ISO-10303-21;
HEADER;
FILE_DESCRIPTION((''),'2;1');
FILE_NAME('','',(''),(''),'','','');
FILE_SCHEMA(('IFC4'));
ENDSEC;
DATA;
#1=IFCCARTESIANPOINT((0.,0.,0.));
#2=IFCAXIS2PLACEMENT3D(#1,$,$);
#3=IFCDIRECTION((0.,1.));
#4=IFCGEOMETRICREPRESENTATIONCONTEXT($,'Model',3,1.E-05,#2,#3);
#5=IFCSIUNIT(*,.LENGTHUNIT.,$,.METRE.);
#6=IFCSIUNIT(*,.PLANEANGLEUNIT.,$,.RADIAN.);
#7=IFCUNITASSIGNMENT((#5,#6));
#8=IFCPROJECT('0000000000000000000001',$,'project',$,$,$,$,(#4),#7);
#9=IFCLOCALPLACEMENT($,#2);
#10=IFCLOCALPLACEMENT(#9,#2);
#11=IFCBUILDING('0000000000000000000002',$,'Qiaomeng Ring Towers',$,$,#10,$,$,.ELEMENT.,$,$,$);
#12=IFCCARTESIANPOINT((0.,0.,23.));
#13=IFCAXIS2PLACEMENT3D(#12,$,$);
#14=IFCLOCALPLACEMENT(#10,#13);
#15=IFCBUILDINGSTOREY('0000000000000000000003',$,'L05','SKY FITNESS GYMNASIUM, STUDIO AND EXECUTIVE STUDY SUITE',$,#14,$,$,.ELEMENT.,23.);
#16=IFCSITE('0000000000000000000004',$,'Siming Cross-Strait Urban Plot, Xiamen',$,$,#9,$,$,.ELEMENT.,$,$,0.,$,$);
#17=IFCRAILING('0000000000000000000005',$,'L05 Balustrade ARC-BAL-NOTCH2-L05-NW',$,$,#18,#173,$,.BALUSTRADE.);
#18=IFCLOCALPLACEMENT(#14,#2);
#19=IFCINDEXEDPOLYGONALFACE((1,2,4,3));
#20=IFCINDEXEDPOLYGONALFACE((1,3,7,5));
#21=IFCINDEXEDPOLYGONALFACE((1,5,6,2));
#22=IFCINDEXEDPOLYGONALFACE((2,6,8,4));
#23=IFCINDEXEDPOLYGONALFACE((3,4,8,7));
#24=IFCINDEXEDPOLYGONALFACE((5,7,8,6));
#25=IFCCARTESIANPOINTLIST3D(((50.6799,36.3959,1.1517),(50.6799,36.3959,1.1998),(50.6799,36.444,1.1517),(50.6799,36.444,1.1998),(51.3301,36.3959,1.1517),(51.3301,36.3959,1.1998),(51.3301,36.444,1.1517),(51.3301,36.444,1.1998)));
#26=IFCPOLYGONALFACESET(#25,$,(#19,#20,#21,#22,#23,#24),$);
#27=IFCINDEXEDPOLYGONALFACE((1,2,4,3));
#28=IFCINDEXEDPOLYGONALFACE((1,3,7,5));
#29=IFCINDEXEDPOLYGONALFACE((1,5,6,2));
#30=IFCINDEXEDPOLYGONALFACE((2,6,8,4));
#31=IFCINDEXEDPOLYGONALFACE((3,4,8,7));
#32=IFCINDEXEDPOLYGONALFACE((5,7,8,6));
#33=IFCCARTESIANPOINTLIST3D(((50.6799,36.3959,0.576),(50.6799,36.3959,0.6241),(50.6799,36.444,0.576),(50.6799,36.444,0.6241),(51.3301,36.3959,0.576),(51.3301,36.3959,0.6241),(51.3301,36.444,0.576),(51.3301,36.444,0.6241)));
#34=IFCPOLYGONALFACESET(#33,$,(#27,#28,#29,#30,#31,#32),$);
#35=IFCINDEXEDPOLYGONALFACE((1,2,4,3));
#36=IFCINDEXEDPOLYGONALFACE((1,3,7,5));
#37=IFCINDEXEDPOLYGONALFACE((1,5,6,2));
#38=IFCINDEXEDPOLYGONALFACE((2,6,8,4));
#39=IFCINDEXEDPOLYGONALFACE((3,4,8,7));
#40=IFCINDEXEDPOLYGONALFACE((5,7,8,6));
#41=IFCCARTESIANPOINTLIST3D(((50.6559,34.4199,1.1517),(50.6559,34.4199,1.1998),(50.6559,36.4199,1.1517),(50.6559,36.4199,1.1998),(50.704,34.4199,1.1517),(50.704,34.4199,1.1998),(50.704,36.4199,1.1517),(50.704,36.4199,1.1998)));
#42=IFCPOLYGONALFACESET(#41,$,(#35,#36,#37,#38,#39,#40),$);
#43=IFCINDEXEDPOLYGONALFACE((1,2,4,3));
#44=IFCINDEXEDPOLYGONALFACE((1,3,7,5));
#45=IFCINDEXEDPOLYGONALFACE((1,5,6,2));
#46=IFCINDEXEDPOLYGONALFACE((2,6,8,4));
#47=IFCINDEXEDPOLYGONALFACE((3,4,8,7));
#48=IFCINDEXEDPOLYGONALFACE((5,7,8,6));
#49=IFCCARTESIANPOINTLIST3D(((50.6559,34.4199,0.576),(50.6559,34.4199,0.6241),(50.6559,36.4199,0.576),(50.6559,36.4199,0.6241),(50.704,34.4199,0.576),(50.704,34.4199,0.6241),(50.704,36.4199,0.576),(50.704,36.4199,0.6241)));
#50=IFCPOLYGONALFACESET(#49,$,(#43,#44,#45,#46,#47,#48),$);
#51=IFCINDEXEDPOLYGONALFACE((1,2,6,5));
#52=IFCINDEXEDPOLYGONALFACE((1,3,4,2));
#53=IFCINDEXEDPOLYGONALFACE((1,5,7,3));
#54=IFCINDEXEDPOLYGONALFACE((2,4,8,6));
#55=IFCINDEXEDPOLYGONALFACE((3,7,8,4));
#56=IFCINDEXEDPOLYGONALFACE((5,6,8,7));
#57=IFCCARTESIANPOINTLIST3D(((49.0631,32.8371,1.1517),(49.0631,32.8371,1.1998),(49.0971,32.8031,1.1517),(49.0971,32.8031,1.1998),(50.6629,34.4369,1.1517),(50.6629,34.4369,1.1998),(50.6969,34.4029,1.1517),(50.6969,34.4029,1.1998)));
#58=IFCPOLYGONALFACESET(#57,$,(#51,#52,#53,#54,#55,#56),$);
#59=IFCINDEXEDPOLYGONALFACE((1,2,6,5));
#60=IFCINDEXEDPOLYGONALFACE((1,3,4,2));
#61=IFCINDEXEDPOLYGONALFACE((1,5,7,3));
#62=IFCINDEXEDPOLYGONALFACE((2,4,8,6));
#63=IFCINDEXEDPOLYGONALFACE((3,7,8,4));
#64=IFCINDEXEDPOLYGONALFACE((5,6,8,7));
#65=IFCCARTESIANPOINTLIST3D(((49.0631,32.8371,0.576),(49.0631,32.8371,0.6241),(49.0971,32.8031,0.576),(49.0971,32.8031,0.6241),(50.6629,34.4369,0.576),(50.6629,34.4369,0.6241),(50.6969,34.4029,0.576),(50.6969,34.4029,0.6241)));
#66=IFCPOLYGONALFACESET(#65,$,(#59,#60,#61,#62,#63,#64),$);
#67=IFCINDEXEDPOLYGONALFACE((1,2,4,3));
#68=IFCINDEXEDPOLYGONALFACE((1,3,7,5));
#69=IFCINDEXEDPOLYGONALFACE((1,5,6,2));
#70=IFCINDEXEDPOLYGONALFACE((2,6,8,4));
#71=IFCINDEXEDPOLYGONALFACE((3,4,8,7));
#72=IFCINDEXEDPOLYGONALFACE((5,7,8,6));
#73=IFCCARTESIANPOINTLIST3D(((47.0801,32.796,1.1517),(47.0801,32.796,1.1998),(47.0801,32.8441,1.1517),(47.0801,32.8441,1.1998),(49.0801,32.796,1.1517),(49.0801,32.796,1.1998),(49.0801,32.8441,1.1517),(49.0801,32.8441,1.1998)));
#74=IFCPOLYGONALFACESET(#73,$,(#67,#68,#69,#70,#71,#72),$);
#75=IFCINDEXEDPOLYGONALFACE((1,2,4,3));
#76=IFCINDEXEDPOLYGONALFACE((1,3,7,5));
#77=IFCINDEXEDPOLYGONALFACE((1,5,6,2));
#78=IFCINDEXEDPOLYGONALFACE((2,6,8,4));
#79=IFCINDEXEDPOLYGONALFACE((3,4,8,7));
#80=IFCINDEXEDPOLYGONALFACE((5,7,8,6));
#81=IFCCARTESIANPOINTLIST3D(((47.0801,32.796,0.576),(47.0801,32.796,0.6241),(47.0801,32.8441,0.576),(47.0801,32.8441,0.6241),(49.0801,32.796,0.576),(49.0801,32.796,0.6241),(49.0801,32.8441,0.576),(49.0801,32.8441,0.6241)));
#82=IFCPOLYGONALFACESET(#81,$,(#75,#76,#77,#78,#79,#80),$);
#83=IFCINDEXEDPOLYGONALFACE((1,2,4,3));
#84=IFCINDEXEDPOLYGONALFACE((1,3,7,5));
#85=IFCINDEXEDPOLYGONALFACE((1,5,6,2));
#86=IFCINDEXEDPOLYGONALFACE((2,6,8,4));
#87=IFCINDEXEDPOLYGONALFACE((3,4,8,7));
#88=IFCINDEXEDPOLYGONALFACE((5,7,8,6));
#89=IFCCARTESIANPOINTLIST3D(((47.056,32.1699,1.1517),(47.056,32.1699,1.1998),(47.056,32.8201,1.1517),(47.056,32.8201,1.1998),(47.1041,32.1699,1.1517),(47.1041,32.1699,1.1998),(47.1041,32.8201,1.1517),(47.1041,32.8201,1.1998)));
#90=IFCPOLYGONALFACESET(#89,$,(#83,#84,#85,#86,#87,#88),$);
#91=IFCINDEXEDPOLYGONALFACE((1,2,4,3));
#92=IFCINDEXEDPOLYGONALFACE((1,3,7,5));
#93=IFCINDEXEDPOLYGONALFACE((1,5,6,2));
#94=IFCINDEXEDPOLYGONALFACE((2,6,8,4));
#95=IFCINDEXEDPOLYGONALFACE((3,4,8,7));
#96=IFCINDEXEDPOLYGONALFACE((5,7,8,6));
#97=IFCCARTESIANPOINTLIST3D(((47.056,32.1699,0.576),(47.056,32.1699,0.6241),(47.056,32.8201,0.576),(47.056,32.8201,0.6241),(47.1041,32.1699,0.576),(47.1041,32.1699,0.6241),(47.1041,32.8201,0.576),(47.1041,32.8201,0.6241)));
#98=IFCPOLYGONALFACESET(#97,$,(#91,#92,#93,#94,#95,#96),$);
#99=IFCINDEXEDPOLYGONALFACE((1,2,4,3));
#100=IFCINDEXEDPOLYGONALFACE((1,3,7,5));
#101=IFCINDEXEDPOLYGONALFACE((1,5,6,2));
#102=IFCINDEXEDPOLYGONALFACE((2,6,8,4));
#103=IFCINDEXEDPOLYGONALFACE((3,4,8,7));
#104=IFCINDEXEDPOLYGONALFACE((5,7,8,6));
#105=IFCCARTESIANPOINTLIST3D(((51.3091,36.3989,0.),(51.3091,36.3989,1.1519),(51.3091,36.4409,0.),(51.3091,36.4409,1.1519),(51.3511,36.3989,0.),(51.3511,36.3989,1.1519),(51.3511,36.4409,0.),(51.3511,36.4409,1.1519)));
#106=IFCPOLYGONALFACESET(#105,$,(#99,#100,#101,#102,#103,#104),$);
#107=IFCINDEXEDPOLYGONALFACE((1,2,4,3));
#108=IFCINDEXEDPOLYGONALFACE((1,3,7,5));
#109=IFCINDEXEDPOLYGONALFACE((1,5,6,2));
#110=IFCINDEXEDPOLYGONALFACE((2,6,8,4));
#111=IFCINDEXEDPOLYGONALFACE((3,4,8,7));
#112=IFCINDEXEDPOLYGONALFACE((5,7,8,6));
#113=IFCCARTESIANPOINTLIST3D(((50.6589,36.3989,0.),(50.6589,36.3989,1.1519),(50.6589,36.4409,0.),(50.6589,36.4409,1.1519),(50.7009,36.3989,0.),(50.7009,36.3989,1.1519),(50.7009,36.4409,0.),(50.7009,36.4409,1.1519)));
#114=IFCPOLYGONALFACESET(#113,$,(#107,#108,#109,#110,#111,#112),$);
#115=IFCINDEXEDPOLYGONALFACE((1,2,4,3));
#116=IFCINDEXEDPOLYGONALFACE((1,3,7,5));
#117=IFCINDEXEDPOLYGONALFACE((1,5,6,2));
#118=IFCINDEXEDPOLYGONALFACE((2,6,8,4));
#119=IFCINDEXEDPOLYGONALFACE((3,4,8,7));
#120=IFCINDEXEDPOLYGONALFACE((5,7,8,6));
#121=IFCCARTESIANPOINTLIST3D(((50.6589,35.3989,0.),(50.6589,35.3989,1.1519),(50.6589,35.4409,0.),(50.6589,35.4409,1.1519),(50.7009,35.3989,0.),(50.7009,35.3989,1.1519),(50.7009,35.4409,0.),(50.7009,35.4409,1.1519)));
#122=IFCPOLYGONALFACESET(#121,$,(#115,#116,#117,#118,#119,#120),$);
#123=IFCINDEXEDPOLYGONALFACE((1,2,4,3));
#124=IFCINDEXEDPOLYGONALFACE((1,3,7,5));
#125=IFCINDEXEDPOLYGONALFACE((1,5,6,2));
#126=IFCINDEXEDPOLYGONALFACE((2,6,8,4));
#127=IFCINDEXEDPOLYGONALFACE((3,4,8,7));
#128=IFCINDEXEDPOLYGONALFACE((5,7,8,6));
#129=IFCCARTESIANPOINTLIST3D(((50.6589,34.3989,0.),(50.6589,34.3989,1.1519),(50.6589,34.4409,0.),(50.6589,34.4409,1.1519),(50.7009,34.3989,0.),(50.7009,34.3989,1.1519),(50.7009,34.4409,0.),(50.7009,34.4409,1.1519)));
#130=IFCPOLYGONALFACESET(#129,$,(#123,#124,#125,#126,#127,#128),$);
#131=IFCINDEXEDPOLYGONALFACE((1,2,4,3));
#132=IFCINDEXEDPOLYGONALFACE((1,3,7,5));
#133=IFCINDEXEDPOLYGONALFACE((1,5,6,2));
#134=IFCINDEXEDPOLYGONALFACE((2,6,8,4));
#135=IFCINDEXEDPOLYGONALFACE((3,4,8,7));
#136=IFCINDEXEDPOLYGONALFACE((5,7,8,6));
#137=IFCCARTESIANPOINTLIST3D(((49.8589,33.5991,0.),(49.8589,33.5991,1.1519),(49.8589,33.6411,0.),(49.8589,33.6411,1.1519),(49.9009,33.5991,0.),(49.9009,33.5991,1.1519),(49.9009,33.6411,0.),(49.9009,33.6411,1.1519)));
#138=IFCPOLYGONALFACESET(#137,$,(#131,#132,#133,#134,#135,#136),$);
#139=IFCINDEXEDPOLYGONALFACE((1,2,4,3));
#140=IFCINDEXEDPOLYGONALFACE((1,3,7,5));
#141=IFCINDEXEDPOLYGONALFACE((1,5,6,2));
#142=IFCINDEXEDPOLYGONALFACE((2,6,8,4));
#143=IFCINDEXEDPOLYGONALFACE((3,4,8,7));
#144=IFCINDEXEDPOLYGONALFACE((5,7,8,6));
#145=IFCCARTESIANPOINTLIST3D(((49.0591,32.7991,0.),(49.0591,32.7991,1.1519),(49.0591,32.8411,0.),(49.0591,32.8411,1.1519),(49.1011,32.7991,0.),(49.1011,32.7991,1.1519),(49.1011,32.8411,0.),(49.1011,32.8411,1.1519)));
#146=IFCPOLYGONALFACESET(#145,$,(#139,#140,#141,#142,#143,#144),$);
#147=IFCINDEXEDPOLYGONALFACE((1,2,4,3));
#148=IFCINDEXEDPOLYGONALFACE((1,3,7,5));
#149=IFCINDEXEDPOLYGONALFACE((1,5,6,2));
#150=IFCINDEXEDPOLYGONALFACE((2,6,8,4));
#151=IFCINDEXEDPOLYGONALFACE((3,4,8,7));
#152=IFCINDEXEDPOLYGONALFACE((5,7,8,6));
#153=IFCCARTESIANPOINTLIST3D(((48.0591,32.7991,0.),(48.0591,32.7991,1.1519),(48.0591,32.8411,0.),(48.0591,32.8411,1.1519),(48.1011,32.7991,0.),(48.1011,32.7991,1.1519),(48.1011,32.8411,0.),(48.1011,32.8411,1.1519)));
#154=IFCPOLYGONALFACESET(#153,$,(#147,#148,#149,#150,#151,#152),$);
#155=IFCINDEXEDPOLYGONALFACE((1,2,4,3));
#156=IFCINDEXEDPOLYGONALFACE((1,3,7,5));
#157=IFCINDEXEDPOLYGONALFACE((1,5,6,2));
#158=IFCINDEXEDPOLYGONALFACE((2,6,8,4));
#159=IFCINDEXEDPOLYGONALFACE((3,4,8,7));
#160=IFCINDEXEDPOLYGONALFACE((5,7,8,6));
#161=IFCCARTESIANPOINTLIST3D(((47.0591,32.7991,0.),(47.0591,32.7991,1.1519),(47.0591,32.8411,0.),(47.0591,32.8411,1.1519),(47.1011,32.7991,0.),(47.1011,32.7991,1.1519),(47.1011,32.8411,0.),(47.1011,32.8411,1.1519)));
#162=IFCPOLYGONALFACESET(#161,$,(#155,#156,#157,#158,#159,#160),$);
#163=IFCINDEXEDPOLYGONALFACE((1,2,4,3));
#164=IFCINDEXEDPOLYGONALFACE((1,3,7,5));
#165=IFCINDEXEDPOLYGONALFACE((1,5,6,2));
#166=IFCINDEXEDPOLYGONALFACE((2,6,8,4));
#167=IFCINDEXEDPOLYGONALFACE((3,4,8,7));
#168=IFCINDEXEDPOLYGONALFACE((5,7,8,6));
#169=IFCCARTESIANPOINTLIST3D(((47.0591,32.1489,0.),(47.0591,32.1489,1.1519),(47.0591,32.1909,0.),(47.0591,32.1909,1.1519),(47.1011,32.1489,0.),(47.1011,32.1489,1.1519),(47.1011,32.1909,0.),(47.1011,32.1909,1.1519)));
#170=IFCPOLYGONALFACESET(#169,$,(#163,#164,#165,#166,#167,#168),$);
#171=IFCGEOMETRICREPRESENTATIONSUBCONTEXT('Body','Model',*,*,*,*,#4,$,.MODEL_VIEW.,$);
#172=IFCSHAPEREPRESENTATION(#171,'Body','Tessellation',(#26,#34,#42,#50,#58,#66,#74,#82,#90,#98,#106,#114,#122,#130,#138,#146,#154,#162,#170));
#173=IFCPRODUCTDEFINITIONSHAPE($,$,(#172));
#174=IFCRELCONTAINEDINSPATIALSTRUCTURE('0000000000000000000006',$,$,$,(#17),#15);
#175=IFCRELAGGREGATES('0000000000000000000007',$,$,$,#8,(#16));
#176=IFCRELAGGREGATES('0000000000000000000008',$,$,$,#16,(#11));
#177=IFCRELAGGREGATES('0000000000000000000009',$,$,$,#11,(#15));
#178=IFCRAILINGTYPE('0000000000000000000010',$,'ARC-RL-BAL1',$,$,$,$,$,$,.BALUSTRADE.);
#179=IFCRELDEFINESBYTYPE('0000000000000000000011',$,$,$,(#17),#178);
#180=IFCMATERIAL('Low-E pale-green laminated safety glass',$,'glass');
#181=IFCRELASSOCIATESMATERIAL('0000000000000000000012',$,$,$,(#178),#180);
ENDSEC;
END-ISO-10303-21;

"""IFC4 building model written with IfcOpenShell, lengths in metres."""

from ifc_helpers import new_model, si_unit, direction, frame, origin, origin_2d, place, context, subcontext, project, spatial, rectangle, extrude, material, type_object, element, save


model = new_model("IFC4")

# Units and contexts
model_context = context("Model", 3, precision=1e-05, world=origin(), true_north=direction((0.0, 1.0)))
body_context = subcontext(model_context, "Body", "Model", "MODEL_VIEW")
ifc_project = project(units=[si_unit("LENGTHUNIT", "METRE"), si_unit("PLANEANGLEUNIT", "RADIAN")], contexts=[model_context])

# Site, building, storey
site_placement = place(None, origin())
site = spatial("IfcSite", under=ifc_project, at=site_placement, Name="Siming Cross-Strait Urban Plot, Xiamen", CompositionType="ELEMENT", RefElevation=0.0)
building_placement = place(site_placement, origin())
building = spatial("IfcBuilding", under=site, at=building_placement, Name="Qiaomeng Ring Towers", CompositionType="ELEMENT")
storey_placement = place(building_placement, frame((0.0, 0.0, 23.0)))
storey = spatial("IfcBuildingStorey", under=building, at=storey_placement, Name="L05", Description="SKY FITNESS GYMNASIUM, STUDIO AND EXECUTIVE STUDY SUITE", CompositionType="ELEMENT", Elevation=23.0)

# Railing
ifc_material_1 = material(Name="Low-E pale-green laminated safety glass", Category="glass")
railing_type = type_object("IfcRailingType", Name="ARC-RL-BAL1", PredefinedType="BALUSTRADE", material=ifc_material_1)
railing_1_placement = place(storey_placement, frame((51.3301, 36.4199, 0.0)))
element("IfcRailing", 1, at=railing_1_placement, inside=storey, type_object=railing_type, Name="L05 Balustrade ARC-BAL-NOTCH2-L05-NW", PredefinedType="BALUSTRADE", context=body_context, shape_type="SweptSolid", body=[
    extrude(rectangle(XDim=0.0481, YDim=0.0481, at=origin_2d()), frame((0.0, 0.0, 1.1758), z_axis=(-1.0, 0.0, 0.0), x_axis=(0.0, -1.0, 0.0)), (0.0, 0.0, 1.0), 0.6501),
    extrude(rectangle(XDim=0.0481, YDim=0.0481, at=origin_2d()), frame((0.0, 0.0, 0.6001), z_axis=(-1.0, 0.0, 0.0), x_axis=(0.0, -1.0, 0.0)), (0.0, 0.0, 1.0), 0.6501),
    extrude(rectangle(XDim=0.0481, YDim=0.0481, at=origin_2d()), frame((-0.6501, 0.0, 1.1758), z_axis=(0.0, -1.0, 0.0), x_axis=(1.0, 0.0, 0.0)), (0.0, 0.0, 1.0), 2.0),
    extrude(rectangle(XDim=0.0481, YDim=0.0481, at=origin_2d()), frame((-0.6501, 0.0, 0.6001), z_axis=(0.0, -1.0, 0.0), x_axis=(1.0, 0.0, 0.0)), (0.0, 0.0, 1.0), 2.0),
    extrude(rectangle(XDim=0.0481, YDim=0.0481, at=origin_2d()), frame((-0.6501, -2.0, 1.1758), z_axis=(-0.707107, -0.707107, 0.0), x_axis=(0.707107, -0.707107, 0.0)), (0.0, 0.0, 1.0), 2.2625),
    extrude(rectangle(XDim=0.0481, YDim=0.0481, at=origin_2d()), frame((-0.6501, -2.0, 0.6001), z_axis=(-0.707107, -0.707107, 0.0), x_axis=(0.707107, -0.707107, 0.0)), (0.0, 0.0, 1.0), 2.2625),
    extrude(rectangle(XDim=0.0481, YDim=0.0481, at=origin_2d()), frame((-2.25, -3.5999, 1.1758), z_axis=(-1.0, 0.0, 0.0), x_axis=(0.0, -1.0, 0.0)), (0.0, 0.0, 1.0), 2.0),
    extrude(rectangle(XDim=0.0481, YDim=0.0481, at=origin_2d()), frame((-2.25, -3.5999, 0.6001), z_axis=(-1.0, 0.0, 0.0), x_axis=(0.0, -1.0, 0.0)), (0.0, 0.0, 1.0), 2.0),
    extrude(rectangle(XDim=0.0481, YDim=0.0481, at=origin_2d()), frame((-4.25, -3.5999, 1.1758), z_axis=(0.0, -1.0, 0.0), x_axis=(1.0, 0.0, 0.0)), (0.0, 0.0, 1.0), 0.6501),
    extrude(rectangle(XDim=0.0481, YDim=0.0481, at=origin_2d()), frame((-4.25, -3.5999, 0.6001), z_axis=(0.0, -1.0, 0.0), x_axis=(1.0, 0.0, 0.0)), (0.0, 0.0, 1.0), 0.6501),
    extrude(rectangle(XDim=0.042, YDim=0.042, at=origin_2d()), origin(), (0.0, 0.0, 1.0), 1.1519),
    extrude(rectangle(XDim=0.042, YDim=0.042, at=origin_2d()), frame((-0.6501, 0.0, 0.0)), (0.0, 0.0, 1.0), 1.1519),
    extrude(rectangle(XDim=0.042, YDim=0.042, at=origin_2d()), frame((-0.6501, -1.0, 0.0)), (0.0, 0.0, 1.0), 1.1519),
    extrude(rectangle(XDim=0.042, YDim=0.042, at=origin_2d()), frame((-0.6501, -2.0, 0.0)), (0.0, 0.0, 1.0), 1.1519),
    extrude(rectangle(XDim=0.042, YDim=0.042, at=origin_2d()), frame((-1.4502, -2.7998, 0.0)), (0.0, 0.0, 1.0), 1.1519),
    extrude(rectangle(XDim=0.042, YDim=0.042, at=origin_2d()), frame((-2.25, -3.5999, 0.0)), (0.0, 0.0, 1.0), 1.1519),
    extrude(rectangle(XDim=0.042, YDim=0.042, at=origin_2d()), frame((-3.25, -3.5999, 0.0)), (0.0, 0.0, 1.0), 1.1519),
    extrude(rectangle(XDim=0.042, YDim=0.042, at=origin_2d()), frame((-4.25, -3.5999, 0.0)), (0.0, 0.0, 1.0), 1.1519),
    extrude(rectangle(XDim=0.042, YDim=0.042, at=origin_2d()), frame((-4.25, -4.25, 0.0)), (0.0, 0.0, 1.0), 1.1519),
])

save(model, "model.ifc")
